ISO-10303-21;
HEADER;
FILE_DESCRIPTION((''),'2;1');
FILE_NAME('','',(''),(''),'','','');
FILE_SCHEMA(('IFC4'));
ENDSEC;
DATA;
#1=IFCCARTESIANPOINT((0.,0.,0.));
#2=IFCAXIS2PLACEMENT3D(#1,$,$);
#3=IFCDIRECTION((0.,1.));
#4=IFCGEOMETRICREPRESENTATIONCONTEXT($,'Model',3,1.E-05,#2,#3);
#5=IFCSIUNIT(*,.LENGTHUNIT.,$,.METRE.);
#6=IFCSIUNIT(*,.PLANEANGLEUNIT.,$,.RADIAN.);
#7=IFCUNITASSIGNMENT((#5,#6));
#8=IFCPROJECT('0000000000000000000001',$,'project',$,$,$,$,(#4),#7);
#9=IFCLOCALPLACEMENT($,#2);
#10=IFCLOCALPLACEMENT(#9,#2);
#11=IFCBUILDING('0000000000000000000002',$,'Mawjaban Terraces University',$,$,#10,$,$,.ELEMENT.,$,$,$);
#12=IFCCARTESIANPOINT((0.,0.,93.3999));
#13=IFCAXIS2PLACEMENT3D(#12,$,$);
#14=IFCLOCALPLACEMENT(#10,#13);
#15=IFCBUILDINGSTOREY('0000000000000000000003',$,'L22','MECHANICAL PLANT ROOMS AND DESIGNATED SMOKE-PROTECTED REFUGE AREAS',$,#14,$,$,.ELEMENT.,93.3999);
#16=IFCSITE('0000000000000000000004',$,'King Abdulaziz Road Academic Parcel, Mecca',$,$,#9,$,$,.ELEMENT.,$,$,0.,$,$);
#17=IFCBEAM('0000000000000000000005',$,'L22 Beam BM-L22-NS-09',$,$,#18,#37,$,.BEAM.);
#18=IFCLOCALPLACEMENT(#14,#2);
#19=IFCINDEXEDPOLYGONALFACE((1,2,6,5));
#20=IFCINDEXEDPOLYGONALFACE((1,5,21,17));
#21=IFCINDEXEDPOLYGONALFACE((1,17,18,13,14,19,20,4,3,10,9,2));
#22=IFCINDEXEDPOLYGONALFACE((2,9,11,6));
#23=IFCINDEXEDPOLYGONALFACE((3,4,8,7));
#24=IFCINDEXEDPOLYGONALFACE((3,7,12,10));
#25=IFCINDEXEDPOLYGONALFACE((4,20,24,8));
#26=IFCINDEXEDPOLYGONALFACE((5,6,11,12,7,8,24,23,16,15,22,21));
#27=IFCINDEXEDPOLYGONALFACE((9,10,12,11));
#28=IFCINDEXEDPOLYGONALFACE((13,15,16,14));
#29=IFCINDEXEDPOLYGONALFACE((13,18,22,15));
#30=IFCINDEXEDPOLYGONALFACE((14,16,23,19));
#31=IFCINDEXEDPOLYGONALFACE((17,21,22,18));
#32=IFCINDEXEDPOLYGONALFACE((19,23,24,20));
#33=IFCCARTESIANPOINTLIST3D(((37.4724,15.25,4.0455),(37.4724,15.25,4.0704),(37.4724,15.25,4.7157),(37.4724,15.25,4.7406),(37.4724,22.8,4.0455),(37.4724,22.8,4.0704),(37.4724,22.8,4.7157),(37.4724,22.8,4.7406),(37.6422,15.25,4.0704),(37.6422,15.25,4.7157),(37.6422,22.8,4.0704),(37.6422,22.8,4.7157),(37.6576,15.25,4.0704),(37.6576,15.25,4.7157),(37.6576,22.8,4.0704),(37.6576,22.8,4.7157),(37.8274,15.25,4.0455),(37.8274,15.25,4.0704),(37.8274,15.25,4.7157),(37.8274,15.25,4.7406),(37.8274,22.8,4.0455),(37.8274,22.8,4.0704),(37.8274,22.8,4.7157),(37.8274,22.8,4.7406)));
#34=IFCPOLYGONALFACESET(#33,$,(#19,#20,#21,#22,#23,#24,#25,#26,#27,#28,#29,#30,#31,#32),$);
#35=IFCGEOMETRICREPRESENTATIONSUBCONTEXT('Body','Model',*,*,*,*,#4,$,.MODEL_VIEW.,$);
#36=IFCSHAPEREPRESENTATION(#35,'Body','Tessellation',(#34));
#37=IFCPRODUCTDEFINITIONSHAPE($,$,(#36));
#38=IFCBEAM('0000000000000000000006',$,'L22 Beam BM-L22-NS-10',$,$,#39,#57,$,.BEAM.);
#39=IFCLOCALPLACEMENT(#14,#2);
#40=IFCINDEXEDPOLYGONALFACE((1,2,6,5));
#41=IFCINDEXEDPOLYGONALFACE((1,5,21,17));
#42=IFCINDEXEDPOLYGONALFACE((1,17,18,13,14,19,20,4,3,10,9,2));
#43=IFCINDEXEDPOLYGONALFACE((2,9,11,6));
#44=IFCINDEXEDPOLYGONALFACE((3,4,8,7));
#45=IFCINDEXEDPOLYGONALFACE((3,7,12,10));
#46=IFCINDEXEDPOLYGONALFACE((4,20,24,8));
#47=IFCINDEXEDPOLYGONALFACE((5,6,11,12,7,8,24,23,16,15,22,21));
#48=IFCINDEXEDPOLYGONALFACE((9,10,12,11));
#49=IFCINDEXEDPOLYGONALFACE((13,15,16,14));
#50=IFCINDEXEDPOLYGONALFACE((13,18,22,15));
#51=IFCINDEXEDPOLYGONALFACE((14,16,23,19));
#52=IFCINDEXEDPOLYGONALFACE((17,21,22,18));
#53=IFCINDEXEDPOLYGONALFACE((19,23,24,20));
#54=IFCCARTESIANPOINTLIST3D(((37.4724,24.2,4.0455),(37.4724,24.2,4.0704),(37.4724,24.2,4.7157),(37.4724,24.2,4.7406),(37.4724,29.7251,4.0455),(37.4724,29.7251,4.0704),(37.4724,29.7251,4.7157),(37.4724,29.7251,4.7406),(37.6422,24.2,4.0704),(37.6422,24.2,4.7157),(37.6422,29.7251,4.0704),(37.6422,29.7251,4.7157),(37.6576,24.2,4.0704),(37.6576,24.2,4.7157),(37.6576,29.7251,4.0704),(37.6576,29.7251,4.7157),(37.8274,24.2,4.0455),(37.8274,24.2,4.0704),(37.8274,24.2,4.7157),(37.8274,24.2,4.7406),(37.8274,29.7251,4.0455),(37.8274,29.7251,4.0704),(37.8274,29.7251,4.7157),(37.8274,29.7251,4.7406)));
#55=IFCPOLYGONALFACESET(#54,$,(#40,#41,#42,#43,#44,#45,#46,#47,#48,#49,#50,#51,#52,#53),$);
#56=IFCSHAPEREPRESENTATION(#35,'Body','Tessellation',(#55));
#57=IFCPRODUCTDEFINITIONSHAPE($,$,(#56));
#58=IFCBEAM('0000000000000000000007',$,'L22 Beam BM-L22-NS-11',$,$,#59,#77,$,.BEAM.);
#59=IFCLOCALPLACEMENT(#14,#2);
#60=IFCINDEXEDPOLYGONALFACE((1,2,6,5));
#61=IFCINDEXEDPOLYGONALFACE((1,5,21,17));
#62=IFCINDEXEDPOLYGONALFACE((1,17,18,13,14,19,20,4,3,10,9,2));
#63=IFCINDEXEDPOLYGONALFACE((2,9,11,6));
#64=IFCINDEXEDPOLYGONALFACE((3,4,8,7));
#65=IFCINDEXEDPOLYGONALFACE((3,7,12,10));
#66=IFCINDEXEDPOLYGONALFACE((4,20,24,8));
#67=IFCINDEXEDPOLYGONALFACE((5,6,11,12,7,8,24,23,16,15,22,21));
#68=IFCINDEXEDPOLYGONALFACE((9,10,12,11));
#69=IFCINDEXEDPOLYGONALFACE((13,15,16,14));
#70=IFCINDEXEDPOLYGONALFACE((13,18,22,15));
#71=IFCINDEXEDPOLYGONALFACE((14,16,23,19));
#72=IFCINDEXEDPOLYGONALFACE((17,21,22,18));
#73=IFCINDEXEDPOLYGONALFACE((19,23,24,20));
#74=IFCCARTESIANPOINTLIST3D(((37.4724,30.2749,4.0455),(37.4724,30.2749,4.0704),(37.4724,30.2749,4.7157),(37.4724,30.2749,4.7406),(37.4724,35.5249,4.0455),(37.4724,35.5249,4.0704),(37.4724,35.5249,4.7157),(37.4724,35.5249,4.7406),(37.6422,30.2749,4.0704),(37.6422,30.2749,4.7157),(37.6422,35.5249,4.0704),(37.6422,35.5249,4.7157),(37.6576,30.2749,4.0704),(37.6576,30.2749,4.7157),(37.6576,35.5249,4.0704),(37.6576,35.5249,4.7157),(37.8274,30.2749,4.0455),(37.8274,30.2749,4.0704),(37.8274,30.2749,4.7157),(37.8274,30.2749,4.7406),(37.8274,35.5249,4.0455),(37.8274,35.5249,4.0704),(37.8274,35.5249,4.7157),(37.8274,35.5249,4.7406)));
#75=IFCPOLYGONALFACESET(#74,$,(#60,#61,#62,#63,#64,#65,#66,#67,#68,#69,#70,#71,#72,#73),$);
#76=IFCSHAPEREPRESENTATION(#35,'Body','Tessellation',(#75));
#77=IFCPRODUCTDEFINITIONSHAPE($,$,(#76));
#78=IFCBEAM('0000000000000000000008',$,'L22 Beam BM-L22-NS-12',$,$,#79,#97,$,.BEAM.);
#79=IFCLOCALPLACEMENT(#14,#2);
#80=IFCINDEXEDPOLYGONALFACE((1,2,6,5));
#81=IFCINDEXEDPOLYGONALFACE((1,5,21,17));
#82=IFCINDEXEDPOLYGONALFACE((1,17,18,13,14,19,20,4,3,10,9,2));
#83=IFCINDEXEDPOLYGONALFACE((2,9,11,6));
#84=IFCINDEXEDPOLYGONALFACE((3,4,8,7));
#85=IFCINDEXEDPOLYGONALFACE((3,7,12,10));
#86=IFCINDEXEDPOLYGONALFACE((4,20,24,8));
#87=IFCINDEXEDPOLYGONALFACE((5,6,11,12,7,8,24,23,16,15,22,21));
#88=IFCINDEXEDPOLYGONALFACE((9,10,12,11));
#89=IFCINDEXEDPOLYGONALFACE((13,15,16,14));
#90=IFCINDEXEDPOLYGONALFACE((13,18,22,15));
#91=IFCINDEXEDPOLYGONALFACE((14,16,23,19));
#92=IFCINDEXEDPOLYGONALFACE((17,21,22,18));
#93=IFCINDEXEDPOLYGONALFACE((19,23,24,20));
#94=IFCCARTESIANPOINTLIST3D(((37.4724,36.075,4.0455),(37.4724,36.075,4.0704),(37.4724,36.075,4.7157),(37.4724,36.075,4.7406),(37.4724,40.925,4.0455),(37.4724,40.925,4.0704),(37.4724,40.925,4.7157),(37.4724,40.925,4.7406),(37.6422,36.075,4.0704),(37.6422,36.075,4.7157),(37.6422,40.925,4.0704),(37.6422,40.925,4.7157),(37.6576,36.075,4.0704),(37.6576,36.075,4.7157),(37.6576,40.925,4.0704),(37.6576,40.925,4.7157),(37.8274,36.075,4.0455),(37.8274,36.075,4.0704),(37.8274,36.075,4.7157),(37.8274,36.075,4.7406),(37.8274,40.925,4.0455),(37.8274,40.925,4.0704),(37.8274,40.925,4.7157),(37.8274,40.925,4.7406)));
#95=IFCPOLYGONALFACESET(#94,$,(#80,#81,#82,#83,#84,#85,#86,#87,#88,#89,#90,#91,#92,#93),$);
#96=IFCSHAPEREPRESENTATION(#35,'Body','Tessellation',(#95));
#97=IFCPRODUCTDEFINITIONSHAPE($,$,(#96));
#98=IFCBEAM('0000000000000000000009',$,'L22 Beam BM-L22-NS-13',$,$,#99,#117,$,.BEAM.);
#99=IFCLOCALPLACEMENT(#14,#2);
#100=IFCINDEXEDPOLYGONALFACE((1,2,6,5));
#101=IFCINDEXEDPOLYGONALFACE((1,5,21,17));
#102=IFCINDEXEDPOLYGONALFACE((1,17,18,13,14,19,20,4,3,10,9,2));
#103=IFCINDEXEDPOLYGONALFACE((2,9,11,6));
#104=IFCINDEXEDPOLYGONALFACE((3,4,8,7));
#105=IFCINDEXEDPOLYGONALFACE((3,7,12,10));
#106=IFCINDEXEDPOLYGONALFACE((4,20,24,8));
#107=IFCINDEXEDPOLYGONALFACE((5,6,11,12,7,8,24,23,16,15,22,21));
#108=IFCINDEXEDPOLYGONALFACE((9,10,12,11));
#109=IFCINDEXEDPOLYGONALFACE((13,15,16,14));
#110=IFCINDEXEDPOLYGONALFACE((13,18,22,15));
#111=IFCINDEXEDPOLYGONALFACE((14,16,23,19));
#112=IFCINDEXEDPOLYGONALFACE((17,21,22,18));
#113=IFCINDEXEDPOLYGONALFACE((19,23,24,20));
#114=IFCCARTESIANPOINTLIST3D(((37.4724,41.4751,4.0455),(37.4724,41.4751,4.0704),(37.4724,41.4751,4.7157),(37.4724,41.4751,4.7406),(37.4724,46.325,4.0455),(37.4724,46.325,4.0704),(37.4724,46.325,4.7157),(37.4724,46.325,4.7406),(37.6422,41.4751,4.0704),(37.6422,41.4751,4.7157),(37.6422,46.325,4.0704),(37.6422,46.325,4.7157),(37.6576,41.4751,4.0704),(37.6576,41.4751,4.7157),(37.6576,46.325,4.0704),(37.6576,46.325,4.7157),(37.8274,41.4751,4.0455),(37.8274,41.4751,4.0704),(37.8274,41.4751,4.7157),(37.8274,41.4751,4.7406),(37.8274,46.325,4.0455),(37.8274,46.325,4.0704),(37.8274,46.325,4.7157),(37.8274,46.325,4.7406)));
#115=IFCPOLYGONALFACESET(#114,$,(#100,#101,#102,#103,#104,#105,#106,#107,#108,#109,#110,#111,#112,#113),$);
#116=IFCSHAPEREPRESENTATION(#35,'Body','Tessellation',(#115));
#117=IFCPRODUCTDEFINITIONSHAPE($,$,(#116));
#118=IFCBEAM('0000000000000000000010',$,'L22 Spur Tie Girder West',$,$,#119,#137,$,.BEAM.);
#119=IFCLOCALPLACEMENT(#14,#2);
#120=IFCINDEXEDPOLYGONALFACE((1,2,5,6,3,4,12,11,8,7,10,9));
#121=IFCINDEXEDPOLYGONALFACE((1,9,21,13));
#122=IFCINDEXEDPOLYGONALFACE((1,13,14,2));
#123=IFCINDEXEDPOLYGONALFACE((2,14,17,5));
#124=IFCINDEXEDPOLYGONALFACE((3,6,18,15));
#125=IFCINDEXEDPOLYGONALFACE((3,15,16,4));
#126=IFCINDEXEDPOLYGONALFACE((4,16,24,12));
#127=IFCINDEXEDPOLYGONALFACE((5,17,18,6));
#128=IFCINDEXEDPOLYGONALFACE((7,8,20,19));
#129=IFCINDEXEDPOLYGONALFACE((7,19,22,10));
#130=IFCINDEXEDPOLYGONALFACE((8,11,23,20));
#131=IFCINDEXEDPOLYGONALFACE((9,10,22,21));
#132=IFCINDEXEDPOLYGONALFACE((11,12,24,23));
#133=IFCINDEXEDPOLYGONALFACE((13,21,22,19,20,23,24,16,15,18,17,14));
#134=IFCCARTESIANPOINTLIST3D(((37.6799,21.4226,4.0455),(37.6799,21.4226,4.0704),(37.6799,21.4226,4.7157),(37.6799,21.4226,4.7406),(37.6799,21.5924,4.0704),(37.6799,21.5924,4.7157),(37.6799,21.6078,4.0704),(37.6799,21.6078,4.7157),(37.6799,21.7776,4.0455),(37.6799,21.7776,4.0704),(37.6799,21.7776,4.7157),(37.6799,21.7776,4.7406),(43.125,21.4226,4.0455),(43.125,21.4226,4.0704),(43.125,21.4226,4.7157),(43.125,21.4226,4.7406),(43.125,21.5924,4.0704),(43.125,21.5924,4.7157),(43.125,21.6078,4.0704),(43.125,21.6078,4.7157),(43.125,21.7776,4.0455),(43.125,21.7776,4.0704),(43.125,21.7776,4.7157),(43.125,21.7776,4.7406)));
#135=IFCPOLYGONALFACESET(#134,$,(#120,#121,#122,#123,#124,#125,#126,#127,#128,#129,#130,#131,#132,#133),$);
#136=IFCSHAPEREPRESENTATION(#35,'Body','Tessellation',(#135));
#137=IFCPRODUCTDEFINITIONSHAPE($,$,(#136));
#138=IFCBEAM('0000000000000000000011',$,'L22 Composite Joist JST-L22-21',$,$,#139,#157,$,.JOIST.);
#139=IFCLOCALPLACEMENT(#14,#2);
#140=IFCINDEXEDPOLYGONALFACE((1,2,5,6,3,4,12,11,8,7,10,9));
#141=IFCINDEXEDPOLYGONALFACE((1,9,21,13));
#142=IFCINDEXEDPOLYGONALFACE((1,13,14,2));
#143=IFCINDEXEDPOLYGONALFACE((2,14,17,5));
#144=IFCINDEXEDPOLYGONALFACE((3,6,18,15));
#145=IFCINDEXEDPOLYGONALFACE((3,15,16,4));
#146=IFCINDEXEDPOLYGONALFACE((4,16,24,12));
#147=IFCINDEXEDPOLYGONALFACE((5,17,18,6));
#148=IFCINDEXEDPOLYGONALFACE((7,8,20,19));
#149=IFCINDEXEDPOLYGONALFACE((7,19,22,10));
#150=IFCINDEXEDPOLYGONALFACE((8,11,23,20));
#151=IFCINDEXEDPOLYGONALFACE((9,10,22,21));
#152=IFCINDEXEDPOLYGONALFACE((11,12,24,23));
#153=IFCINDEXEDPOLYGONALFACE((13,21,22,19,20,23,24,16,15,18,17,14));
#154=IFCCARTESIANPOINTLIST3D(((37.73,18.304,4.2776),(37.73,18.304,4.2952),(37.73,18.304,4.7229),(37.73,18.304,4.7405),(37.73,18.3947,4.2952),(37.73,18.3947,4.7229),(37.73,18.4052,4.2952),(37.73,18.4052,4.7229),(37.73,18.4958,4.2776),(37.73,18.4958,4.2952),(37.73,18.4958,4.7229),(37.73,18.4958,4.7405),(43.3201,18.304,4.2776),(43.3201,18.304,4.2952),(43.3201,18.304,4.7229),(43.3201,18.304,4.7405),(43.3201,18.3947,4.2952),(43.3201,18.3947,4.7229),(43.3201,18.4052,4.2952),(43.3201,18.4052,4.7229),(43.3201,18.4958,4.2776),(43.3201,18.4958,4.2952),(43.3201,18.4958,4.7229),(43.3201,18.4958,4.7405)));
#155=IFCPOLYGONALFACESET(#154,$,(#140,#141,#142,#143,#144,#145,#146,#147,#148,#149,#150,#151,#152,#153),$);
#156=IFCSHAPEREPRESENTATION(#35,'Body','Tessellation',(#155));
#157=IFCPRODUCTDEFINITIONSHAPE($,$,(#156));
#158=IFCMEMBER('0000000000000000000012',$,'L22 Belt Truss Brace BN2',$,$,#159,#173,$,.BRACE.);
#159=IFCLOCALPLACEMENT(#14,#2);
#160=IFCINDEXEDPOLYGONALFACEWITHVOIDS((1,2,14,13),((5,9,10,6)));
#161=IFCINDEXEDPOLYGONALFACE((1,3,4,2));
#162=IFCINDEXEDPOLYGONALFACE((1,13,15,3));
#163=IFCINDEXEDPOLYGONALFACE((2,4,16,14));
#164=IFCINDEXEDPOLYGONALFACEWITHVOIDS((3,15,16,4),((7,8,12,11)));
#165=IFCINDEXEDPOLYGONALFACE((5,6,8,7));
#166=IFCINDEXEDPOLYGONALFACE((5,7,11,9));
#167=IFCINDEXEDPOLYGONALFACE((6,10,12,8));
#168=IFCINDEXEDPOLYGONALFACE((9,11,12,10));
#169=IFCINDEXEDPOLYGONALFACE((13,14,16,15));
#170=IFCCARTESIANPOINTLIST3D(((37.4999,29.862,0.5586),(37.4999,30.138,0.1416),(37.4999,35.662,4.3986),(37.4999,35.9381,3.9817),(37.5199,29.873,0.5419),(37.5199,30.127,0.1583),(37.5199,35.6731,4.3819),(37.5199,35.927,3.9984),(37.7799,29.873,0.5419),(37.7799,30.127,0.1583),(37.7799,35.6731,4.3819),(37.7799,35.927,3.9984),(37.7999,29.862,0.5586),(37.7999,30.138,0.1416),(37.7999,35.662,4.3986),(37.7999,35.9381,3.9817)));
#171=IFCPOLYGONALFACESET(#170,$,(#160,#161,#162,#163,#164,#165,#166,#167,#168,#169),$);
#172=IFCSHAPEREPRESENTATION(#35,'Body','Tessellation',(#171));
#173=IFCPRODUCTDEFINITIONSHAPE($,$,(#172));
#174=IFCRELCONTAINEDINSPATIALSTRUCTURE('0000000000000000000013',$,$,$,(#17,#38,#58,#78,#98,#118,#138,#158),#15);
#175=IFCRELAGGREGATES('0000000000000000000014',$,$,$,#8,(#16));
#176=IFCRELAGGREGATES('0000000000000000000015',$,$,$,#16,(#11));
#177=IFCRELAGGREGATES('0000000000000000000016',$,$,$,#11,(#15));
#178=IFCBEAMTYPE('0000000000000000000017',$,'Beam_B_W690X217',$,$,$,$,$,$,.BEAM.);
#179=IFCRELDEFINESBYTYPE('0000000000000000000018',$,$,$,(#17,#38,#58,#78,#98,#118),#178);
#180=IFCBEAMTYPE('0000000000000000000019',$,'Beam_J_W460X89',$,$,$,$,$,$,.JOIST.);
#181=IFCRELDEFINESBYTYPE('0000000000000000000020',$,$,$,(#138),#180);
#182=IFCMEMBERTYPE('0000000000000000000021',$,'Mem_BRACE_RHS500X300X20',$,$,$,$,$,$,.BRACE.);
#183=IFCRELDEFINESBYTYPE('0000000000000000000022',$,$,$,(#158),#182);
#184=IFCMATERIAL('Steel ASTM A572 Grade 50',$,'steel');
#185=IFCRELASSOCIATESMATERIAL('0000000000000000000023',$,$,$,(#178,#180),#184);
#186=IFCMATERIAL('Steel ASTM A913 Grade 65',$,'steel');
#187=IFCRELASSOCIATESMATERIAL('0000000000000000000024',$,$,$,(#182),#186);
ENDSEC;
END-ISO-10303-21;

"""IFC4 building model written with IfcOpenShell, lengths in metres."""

from ifc_helpers import new_model, si_unit, direction, frame, origin, origin_2d, place, context, subcontext, project, spatial, hollow_rectangle, i_section, extrude, material, material_profile, profile_set, type_object, element, save


model = new_model("IFC4")

# Units and contexts
model_context = context("Model", 3, precision=1e-05, world=origin(), true_north=direction((0.0, 1.0)))
body_context = subcontext(model_context, "Body", "Model", "MODEL_VIEW")
ifc_project = project(units=[si_unit("LENGTHUNIT", "METRE"), si_unit("PLANEANGLEUNIT", "RADIAN")], contexts=[model_context])

# Site, building, storey
site_placement = place(None, origin())
site = spatial("IfcSite", under=ifc_project, at=site_placement, Name="King Abdulaziz Road Academic Parcel, Mecca", CompositionType="ELEMENT", RefElevation=0.0)
building_placement = place(site_placement, origin())
building = spatial("IfcBuilding", under=site, at=building_placement, Name="Mawjaban Terraces University", CompositionType="ELEMENT")
storey_placement = place(building_placement, frame((0.0, 0.0, 93.3999)))
storey = spatial("IfcBuildingStorey", under=building, at=storey_placement, Name="L22", Description="MECHANICAL PLANT ROOMS AND DESIGNATED SMOKE-PROTECTED REFUGE AREAS", CompositionType="ELEMENT", Elevation=93.3999)

# Beams
ifc_material_1 = material(Name="Steel ASTM A572 Grade 50", Category="steel")
ifc_material_profile_1 = material_profile(ifc_material_1, i_section(OverallWidth=0.355, OverallDepth=0.6951, WebThickness=0.0154, FlangeThickness=0.0249, at=origin_2d()), Name="W690X217")
ifc_profile_set_1 = profile_set([ifc_material_profile_1], Name="Steel ASTM A572 Grade 50")
beam_type_1 = type_object("IfcBeamType", Name="Beam_B_W690X217", PredefinedType="BEAM", material=ifc_profile_set_1)
beam_1_placement = place(storey_placement, frame((37.6499, 15.25, 4.3931), z_axis=(0.0, 1.0, 0.0), x_axis=(-1.0, 0.0, 0.0)))
element("IfcBeam", 1, at=beam_1_placement, inside=storey, type_object=beam_type_1, Name="L22 Beam BM-L22-NS-09", PredefinedType="BEAM", context=body_context, shape_type="SweptSolid", body=[
    extrude(i_section(OverallWidth=0.355, OverallDepth=0.6951, WebThickness=0.0154, FlangeThickness=0.0249, at=origin_2d()), origin(), (0.0, 0.0, 1.0), 7.55),
])
beam_2_placement = place(storey_placement, frame((37.6499, 24.2, 4.3931), z_axis=(0.0, 1.0, 0.0), x_axis=(-1.0, 0.0, 0.0)))
element("IfcBeam", 2, at=beam_2_placement, inside=storey, type_object=beam_type_1, Name="L22 Beam BM-L22-NS-10", PredefinedType="BEAM", context=body_context, shape_type="SweptSolid", body=[
    extrude(i_section(OverallWidth=0.355, OverallDepth=0.6951, WebThickness=0.0154, FlangeThickness=0.0249, at=origin_2d()), origin(), (0.0, 0.0, 1.0), 5.5251),
])
beam_3_placement = place(storey_placement, frame((37.6499, 30.2749, 4.3931), z_axis=(0.0, 1.0, 0.0), x_axis=(-1.0, 0.0, 0.0)))
element("IfcBeam", 3, at=beam_3_placement, inside=storey, type_object=beam_type_1, Name="L22 Beam BM-L22-NS-11", PredefinedType="BEAM", context=body_context, shape_type="SweptSolid", body=[
    extrude(i_section(OverallWidth=0.355, OverallDepth=0.6951, WebThickness=0.0154, FlangeThickness=0.0249, at=origin_2d()), origin(), (0.0, 0.0, 1.0), 5.25),
])
beam_4_placement = place(storey_placement, frame((37.6499, 36.075, 4.3931), z_axis=(0.0, 1.0, 0.0), x_axis=(-1.0, 0.0, 0.0)))
element("IfcBeam", 4, at=beam_4_placement, inside=storey, type_object=beam_type_1, Name="L22 Beam BM-L22-NS-12", PredefinedType="BEAM", context=body_context, shape_type="SweptSolid", body=[
    extrude(i_section(OverallWidth=0.355, OverallDepth=0.6951, WebThickness=0.0154, FlangeThickness=0.0249, at=origin_2d()), origin(), (0.0, 0.0, 1.0), 4.8501),
])
beam_5_placement = place(storey_placement, frame((37.6499, 41.4751, 4.3931), z_axis=(0.0, 1.0, 0.0), x_axis=(-1.0, 0.0, 0.0)))
element("IfcBeam", 5, at=beam_5_placement, inside=storey, type_object=beam_type_1, Name="L22 Beam BM-L22-NS-13", PredefinedType="BEAM", context=body_context, shape_type="SweptSolid", body=[
    extrude(i_section(OverallWidth=0.355, OverallDepth=0.6951, WebThickness=0.0154, FlangeThickness=0.0249, at=origin_2d()), origin(), (0.0, 0.0, 1.0), 4.8499),
])
beam_6_placement = place(storey_placement, frame((37.6799, 21.6001, 4.3931), z_axis=(1.0, 0.0, 0.0), x_axis=(0.0, 1.0, 0.0)))
element("IfcBeam", 6, at=beam_6_placement, inside=storey, type_object=beam_type_1, Name="L22 Spur Tie Girder West", PredefinedType="BEAM", context=body_context, shape_type="SweptSolid", body=[
    extrude(i_section(OverallWidth=0.355, OverallDepth=0.6951, WebThickness=0.0154, FlangeThickness=0.0249, at=origin_2d()), origin(), (0.0, 0.0, 1.0), 5.4451),
])
ifc_material_profile_2 = material_profile(ifc_material_1, i_section(OverallWidth=0.1919, OverallDepth=0.4629, WebThickness=0.0105, FlangeThickness=0.0176, at=origin_2d()), Name="W460X89")
ifc_profile_set_2 = profile_set([ifc_material_profile_2], Name="Steel ASTM A572 Grade 50")
beam_type_2 = type_object("IfcBeamType", Name="Beam_J_W460X89", PredefinedType="JOIST", material=ifc_profile_set_2)
beam_7_placement = place(storey_placement, frame((37.73, 18.3999, 4.509), z_axis=(1.0, 0.0, 0.0), x_axis=(0.0, 1.0, 0.0)))
element("IfcBeam", 7, at=beam_7_placement, inside=storey, type_object=beam_type_2, Name="L22 Composite Joist JST-L22-21", PredefinedType="JOIST", context=body_context, shape_type="SweptSolid", body=[
    extrude(i_section(OverallWidth=0.1919, OverallDepth=0.4629, WebThickness=0.0105, FlangeThickness=0.0176, at=origin_2d()), origin(), (0.0, 0.0, 1.0), 5.5901),
])

# Member
ifc_material_2 = material(Name="Steel ASTM A913 Grade 65", Category="steel")
ifc_material_profile_3 = material_profile(ifc_material_2, hollow_rectangle(XDim=0.3, YDim=0.5, WallThickness=0.02, at=origin_2d()), Name="RHS500X300X20")
ifc_profile_set_3 = profile_set([ifc_material_profile_3], Name="Steel ASTM A913 Grade 65")
member_type_1 = type_object("IfcMemberType", Name="Mem_BRACE_RHS500X300X20", PredefinedType="BRACE", material=ifc_profile_set_3)
member_1_placement = place(storey_placement, frame((37.6499, 30.0, 0.3501), z_axis=(0.0, 0.833812, 0.552049), x_axis=(-1.0, 0.0, 0.0)))
element("IfcMember", 8, at=member_1_placement, inside=storey, type_object=member_type_1, Name="L22 Belt Truss Brace BN2", PredefinedType="BRACE", context=body_context, shape_type="SweptSolid", body=[
    extrude(hollow_rectangle(XDim=0.3, YDim=0.5, WallThickness=0.02, at=origin_2d()), origin(), (0.0, 0.0, 1.0), 6.9561),
])

save(model, "model.ifc")
